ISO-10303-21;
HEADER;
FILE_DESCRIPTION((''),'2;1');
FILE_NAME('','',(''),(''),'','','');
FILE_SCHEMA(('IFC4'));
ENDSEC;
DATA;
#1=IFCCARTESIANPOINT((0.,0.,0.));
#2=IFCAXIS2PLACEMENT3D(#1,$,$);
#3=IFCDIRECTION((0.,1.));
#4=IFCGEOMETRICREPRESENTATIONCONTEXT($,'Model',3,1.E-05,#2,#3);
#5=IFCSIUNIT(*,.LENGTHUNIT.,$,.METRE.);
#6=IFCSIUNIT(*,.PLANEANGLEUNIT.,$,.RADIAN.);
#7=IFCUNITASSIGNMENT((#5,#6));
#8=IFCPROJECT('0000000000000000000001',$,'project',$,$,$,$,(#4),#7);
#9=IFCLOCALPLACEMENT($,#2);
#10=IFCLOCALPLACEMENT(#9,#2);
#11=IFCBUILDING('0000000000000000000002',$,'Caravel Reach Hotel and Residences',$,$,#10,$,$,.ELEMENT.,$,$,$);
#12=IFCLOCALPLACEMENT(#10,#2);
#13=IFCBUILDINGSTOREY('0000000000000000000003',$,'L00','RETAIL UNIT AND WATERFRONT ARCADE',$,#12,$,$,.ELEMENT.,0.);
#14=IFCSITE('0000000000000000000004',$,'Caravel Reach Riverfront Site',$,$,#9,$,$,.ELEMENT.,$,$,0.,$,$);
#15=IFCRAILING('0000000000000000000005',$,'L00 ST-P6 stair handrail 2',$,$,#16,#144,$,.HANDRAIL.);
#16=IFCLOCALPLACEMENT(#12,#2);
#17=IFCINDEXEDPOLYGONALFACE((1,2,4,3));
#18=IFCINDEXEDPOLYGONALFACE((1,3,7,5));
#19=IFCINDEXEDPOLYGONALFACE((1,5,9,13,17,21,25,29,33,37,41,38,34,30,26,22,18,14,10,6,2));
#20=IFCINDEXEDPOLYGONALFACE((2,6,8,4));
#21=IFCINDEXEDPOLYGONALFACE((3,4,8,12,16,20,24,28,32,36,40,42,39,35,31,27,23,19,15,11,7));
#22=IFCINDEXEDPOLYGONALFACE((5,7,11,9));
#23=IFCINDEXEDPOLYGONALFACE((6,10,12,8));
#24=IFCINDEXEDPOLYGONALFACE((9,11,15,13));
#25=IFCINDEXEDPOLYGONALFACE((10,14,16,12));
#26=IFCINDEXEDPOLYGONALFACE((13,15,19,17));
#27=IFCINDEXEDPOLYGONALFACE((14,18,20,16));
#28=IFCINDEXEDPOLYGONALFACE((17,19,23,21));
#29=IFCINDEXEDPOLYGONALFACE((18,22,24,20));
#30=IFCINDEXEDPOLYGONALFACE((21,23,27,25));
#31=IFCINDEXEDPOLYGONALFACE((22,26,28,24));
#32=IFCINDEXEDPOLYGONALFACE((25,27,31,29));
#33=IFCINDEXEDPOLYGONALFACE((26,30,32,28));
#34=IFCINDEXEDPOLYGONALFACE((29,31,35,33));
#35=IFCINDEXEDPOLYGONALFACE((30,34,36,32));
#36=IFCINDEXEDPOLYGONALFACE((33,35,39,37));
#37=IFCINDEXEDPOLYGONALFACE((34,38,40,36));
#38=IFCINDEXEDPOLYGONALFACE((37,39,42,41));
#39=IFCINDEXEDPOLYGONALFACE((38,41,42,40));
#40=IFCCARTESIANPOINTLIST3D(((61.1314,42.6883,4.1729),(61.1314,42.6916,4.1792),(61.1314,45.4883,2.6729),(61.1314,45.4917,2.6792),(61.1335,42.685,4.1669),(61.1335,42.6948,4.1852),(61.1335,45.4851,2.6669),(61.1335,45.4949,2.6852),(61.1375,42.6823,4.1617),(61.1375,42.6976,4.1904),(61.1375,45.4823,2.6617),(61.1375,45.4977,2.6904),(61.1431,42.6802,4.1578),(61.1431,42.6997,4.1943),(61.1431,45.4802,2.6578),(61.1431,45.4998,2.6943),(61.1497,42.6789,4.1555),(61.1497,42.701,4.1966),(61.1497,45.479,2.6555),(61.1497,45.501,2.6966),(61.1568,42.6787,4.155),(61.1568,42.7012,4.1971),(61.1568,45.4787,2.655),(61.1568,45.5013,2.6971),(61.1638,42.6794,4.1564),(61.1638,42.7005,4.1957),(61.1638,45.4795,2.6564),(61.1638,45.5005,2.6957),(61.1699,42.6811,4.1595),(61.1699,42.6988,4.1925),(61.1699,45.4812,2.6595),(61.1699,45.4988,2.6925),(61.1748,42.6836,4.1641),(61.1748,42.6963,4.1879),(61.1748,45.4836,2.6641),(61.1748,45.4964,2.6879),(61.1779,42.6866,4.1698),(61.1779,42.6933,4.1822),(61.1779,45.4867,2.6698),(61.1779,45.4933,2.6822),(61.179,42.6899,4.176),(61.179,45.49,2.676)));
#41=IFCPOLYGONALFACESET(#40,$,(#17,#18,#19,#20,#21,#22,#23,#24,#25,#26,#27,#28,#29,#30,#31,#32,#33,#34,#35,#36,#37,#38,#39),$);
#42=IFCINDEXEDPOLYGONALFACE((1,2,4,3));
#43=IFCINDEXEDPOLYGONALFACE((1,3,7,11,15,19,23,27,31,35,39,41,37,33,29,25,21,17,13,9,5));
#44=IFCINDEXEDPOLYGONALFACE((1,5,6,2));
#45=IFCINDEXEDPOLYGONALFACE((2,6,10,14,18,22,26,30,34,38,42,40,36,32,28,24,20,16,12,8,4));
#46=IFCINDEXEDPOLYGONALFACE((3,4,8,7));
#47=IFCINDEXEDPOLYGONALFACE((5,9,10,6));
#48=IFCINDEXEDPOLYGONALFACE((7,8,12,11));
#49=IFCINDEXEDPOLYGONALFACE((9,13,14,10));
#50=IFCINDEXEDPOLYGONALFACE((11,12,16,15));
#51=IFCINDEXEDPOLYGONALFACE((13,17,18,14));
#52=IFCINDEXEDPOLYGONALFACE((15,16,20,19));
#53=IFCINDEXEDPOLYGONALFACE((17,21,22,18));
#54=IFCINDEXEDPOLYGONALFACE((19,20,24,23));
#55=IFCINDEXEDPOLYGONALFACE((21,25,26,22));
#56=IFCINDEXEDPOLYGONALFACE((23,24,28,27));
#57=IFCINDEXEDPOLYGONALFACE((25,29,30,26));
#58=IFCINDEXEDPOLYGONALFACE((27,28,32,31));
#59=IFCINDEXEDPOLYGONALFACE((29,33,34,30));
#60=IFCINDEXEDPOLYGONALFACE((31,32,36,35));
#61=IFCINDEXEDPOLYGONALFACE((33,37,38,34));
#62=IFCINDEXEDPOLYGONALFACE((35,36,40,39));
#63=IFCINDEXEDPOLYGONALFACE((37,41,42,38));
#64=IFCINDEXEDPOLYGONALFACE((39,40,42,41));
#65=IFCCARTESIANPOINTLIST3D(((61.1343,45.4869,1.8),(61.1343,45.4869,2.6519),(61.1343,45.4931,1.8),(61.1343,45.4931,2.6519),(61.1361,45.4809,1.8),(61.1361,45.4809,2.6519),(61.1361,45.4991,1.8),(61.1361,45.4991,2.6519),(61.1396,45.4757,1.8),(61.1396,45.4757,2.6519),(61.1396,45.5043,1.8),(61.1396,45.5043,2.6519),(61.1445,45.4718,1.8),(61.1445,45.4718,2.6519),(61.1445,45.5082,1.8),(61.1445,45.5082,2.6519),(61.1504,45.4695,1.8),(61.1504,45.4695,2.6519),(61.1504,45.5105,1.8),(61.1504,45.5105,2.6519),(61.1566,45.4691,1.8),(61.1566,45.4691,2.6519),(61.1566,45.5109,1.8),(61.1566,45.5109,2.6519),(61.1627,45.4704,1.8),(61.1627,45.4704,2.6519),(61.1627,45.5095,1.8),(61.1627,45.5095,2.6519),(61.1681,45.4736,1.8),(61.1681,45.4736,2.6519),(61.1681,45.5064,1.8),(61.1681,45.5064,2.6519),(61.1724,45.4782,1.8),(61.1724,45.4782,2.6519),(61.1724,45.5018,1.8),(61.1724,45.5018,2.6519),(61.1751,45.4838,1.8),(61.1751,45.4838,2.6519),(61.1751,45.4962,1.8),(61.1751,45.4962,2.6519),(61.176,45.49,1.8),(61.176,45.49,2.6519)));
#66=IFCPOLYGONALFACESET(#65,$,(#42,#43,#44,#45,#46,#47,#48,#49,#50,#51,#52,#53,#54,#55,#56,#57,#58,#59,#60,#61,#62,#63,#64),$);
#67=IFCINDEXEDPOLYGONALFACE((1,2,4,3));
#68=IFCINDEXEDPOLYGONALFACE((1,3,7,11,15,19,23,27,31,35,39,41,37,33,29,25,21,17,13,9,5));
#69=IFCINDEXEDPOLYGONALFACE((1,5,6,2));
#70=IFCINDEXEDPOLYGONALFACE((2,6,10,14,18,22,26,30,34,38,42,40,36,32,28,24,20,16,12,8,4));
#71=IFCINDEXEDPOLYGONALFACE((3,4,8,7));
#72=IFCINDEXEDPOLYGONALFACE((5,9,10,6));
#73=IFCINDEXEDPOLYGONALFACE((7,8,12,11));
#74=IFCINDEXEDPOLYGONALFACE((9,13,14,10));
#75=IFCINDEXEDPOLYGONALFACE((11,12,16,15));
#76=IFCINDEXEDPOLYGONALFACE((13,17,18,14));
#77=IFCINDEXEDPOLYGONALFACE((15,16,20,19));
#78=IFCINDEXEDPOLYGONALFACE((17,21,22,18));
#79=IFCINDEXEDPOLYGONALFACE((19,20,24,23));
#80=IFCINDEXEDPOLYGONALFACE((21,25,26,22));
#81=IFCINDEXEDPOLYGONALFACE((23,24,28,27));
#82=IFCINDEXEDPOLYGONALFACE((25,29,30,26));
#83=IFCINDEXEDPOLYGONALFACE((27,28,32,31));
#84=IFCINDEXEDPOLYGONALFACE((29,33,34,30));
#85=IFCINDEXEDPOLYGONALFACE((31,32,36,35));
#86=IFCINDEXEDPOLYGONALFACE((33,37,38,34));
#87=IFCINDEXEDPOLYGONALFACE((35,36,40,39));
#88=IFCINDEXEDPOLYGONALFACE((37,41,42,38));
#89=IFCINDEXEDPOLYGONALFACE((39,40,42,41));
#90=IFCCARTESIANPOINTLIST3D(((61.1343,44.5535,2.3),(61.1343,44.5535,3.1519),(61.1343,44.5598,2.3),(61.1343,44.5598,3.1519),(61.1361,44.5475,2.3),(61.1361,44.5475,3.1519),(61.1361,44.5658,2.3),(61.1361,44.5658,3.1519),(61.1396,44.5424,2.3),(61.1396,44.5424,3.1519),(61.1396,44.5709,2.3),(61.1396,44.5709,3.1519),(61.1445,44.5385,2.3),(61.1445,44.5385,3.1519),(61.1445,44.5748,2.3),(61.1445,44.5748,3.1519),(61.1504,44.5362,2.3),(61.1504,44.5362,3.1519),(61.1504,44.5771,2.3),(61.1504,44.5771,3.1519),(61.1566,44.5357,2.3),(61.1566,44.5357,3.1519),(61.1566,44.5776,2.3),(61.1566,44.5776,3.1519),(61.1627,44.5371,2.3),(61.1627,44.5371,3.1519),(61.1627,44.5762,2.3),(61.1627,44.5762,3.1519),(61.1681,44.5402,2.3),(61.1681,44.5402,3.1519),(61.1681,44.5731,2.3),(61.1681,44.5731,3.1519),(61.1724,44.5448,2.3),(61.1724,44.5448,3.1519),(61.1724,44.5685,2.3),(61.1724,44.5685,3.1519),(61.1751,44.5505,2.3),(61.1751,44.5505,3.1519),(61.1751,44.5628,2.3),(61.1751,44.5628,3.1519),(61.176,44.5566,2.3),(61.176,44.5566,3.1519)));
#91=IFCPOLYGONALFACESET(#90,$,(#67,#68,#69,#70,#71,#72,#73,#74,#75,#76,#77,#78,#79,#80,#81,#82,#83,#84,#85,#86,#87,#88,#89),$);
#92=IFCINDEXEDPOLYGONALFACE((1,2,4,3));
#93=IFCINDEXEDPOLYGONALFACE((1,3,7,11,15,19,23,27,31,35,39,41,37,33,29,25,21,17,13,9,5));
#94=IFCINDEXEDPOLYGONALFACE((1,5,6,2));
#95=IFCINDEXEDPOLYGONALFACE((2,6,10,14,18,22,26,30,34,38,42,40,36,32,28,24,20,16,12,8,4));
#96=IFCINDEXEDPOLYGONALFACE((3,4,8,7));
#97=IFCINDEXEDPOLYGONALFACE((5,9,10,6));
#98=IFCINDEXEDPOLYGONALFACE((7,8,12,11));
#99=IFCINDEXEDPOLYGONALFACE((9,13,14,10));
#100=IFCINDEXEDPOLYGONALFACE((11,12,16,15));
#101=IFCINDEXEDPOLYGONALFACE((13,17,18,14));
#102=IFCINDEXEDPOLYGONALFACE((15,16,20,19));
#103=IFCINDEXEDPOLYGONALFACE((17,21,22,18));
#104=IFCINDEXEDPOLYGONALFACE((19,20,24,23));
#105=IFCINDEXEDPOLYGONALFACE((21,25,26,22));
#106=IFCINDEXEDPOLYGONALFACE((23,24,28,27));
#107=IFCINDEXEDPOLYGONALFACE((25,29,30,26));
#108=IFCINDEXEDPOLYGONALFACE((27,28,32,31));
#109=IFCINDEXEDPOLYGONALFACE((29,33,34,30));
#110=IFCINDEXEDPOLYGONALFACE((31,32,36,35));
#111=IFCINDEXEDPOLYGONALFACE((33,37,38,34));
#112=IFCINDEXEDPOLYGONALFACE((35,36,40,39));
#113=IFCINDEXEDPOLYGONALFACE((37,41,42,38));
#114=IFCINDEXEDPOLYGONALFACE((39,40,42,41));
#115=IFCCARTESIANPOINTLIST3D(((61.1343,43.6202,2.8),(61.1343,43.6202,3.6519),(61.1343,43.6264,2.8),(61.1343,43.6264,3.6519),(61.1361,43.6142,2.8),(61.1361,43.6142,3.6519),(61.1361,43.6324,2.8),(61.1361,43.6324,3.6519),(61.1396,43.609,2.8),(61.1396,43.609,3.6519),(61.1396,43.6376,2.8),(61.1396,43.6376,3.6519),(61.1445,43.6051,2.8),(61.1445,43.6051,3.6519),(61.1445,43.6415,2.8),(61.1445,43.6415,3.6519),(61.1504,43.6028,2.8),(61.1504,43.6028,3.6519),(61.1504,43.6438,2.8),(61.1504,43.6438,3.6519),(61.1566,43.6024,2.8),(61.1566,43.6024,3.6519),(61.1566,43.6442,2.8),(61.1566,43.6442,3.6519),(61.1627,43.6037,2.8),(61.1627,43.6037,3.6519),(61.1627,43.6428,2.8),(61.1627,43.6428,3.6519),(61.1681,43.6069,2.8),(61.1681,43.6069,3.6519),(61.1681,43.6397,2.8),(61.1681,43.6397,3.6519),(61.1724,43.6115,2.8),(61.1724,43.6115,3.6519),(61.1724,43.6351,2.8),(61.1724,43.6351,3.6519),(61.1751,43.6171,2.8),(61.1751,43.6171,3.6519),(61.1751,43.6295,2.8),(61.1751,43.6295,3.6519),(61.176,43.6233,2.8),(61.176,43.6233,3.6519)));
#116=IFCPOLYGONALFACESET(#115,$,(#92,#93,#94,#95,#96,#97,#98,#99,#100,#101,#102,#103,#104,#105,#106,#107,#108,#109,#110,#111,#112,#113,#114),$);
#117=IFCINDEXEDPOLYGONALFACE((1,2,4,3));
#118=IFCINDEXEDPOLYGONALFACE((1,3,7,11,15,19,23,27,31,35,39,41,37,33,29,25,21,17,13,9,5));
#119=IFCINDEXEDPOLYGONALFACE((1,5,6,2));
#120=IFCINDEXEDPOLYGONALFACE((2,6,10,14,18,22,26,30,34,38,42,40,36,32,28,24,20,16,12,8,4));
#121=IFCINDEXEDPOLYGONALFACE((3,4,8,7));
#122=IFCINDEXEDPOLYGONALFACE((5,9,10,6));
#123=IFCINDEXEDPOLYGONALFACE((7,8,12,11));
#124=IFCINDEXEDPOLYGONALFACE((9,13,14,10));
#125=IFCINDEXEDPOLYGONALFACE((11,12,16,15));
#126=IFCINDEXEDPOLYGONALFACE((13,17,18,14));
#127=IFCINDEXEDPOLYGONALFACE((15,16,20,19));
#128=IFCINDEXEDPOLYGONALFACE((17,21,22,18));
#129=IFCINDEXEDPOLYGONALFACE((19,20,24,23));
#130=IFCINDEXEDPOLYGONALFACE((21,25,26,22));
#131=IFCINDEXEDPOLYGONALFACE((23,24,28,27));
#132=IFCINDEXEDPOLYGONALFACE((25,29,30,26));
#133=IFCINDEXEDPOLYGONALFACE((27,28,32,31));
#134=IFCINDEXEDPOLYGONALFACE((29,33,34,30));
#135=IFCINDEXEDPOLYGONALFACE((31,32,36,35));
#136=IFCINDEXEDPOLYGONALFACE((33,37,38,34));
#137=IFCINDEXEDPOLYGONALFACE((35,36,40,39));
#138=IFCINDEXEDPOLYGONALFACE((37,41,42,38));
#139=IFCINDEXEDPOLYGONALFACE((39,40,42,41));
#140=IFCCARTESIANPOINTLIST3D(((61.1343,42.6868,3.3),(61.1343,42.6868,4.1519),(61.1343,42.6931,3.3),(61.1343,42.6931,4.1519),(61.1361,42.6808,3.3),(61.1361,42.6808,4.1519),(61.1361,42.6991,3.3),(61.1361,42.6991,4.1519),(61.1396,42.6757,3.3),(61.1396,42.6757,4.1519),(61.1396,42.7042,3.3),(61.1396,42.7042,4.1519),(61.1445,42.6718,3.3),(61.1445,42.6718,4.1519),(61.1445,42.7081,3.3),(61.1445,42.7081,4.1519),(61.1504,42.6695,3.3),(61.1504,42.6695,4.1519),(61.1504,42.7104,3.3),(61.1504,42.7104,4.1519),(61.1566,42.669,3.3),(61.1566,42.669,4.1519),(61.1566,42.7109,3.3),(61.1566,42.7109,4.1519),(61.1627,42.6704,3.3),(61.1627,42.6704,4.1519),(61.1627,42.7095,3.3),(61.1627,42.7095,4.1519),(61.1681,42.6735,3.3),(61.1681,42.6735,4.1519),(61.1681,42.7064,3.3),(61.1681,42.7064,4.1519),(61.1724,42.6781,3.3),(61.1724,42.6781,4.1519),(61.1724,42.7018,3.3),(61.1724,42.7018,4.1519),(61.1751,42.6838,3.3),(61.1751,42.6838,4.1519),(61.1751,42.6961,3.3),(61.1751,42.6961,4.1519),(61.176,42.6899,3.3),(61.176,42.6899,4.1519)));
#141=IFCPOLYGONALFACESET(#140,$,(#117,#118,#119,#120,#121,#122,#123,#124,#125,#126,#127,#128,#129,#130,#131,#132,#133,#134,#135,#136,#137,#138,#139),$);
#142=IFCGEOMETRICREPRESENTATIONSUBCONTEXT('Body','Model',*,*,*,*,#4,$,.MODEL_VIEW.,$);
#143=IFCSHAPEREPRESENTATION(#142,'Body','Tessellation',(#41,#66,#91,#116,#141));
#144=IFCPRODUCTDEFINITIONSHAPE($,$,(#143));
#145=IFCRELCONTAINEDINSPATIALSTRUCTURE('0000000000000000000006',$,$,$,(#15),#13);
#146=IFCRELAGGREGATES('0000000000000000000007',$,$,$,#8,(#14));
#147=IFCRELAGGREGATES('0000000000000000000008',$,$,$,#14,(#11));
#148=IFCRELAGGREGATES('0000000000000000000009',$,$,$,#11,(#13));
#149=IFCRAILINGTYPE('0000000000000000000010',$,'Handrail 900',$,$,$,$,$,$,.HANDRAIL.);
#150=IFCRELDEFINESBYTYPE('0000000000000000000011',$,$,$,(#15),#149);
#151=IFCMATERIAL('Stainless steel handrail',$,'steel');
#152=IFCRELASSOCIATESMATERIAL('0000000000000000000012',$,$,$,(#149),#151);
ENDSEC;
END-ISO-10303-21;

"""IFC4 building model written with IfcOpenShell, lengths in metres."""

from ifc_helpers import new_model, si_unit, direction, frame, origin, origin_2d, place, context, subcontext, project, spatial, circle, extrude, material, type_object, element, save


model = new_model("IFC4")

# Units and contexts
model_context = context("Model", 3, precision=1e-05, world=origin(), true_north=direction((0.0, 1.0)))
body_context = subcontext(model_context, "Body", "Model", "MODEL_VIEW")
ifc_project = project(units=[si_unit("LENGTHUNIT", "METRE"), si_unit("PLANEANGLEUNIT", "RADIAN")], contexts=[model_context])

# Site, building, storey
site_placement = place(None, origin())
site = spatial("IfcSite", under=ifc_project, at=site_placement, Name="Caravel Reach Riverfront Site", CompositionType="ELEMENT", RefElevation=0.0)
building_placement = place(site_placement, origin())
building = spatial("IfcBuilding", under=site, at=building_placement, Name="Caravel Reach Hotel and Residences", CompositionType="ELEMENT")
storey_placement = place(building_placement, origin())
storey = spatial("IfcBuildingStorey", under=building, at=storey_placement, Name="L00", Description="RETAIL UNIT AND WATERFRONT ARCADE", CompositionType="ELEMENT", Elevation=0.0)

# Railing
ifc_material_1 = material(Name="Stainless steel handrail", Category="steel")
railing_type = type_object("IfcRailingType", Name="Handrail 900", PredefinedType="HANDRAIL", material=ifc_material_1)
for number, where, name in (
    (1, (61.155, 45.49, 1.8), "L00 ST-P6 stair handrail 2"),
):
    element("IfcRailing", number, at=place(storey_placement, frame(where)), inside=storey, type_object=railing_type, Name=name, PredefinedType="HANDRAIL", context=body_context, shape_type="SweptSolid", body=[
        extrude(circle(Radius=0.0239, at=origin_2d()), frame((0.0, 0.0, 0.876), z_axis=(0.0, -0.881483, 0.472215), x_axis=(1.0, 0.0, 0.0)), (0.0, 0.0, 1.0), 3.1765),
        extrude(circle(Radius=0.021, at=origin_2d()), origin(), (0.0, 0.0, 1.0), 0.8518),
        extrude(circle(Radius=0.021, at=origin_2d()), frame((0.0, -0.9333, 0.5)), (0.0, 0.0, 1.0), 0.8518),
        extrude(circle(Radius=0.021, at=origin_2d()), frame((0.0, -1.8667, 1.0)), (0.0, 0.0, 1.0), 0.8518),
        extrude(circle(Radius=0.021, at=origin_2d()), frame((0.0, -2.8, 1.5)), (0.0, 0.0, 1.0), 0.8518),
    ])

save(model, "model.ifc")
